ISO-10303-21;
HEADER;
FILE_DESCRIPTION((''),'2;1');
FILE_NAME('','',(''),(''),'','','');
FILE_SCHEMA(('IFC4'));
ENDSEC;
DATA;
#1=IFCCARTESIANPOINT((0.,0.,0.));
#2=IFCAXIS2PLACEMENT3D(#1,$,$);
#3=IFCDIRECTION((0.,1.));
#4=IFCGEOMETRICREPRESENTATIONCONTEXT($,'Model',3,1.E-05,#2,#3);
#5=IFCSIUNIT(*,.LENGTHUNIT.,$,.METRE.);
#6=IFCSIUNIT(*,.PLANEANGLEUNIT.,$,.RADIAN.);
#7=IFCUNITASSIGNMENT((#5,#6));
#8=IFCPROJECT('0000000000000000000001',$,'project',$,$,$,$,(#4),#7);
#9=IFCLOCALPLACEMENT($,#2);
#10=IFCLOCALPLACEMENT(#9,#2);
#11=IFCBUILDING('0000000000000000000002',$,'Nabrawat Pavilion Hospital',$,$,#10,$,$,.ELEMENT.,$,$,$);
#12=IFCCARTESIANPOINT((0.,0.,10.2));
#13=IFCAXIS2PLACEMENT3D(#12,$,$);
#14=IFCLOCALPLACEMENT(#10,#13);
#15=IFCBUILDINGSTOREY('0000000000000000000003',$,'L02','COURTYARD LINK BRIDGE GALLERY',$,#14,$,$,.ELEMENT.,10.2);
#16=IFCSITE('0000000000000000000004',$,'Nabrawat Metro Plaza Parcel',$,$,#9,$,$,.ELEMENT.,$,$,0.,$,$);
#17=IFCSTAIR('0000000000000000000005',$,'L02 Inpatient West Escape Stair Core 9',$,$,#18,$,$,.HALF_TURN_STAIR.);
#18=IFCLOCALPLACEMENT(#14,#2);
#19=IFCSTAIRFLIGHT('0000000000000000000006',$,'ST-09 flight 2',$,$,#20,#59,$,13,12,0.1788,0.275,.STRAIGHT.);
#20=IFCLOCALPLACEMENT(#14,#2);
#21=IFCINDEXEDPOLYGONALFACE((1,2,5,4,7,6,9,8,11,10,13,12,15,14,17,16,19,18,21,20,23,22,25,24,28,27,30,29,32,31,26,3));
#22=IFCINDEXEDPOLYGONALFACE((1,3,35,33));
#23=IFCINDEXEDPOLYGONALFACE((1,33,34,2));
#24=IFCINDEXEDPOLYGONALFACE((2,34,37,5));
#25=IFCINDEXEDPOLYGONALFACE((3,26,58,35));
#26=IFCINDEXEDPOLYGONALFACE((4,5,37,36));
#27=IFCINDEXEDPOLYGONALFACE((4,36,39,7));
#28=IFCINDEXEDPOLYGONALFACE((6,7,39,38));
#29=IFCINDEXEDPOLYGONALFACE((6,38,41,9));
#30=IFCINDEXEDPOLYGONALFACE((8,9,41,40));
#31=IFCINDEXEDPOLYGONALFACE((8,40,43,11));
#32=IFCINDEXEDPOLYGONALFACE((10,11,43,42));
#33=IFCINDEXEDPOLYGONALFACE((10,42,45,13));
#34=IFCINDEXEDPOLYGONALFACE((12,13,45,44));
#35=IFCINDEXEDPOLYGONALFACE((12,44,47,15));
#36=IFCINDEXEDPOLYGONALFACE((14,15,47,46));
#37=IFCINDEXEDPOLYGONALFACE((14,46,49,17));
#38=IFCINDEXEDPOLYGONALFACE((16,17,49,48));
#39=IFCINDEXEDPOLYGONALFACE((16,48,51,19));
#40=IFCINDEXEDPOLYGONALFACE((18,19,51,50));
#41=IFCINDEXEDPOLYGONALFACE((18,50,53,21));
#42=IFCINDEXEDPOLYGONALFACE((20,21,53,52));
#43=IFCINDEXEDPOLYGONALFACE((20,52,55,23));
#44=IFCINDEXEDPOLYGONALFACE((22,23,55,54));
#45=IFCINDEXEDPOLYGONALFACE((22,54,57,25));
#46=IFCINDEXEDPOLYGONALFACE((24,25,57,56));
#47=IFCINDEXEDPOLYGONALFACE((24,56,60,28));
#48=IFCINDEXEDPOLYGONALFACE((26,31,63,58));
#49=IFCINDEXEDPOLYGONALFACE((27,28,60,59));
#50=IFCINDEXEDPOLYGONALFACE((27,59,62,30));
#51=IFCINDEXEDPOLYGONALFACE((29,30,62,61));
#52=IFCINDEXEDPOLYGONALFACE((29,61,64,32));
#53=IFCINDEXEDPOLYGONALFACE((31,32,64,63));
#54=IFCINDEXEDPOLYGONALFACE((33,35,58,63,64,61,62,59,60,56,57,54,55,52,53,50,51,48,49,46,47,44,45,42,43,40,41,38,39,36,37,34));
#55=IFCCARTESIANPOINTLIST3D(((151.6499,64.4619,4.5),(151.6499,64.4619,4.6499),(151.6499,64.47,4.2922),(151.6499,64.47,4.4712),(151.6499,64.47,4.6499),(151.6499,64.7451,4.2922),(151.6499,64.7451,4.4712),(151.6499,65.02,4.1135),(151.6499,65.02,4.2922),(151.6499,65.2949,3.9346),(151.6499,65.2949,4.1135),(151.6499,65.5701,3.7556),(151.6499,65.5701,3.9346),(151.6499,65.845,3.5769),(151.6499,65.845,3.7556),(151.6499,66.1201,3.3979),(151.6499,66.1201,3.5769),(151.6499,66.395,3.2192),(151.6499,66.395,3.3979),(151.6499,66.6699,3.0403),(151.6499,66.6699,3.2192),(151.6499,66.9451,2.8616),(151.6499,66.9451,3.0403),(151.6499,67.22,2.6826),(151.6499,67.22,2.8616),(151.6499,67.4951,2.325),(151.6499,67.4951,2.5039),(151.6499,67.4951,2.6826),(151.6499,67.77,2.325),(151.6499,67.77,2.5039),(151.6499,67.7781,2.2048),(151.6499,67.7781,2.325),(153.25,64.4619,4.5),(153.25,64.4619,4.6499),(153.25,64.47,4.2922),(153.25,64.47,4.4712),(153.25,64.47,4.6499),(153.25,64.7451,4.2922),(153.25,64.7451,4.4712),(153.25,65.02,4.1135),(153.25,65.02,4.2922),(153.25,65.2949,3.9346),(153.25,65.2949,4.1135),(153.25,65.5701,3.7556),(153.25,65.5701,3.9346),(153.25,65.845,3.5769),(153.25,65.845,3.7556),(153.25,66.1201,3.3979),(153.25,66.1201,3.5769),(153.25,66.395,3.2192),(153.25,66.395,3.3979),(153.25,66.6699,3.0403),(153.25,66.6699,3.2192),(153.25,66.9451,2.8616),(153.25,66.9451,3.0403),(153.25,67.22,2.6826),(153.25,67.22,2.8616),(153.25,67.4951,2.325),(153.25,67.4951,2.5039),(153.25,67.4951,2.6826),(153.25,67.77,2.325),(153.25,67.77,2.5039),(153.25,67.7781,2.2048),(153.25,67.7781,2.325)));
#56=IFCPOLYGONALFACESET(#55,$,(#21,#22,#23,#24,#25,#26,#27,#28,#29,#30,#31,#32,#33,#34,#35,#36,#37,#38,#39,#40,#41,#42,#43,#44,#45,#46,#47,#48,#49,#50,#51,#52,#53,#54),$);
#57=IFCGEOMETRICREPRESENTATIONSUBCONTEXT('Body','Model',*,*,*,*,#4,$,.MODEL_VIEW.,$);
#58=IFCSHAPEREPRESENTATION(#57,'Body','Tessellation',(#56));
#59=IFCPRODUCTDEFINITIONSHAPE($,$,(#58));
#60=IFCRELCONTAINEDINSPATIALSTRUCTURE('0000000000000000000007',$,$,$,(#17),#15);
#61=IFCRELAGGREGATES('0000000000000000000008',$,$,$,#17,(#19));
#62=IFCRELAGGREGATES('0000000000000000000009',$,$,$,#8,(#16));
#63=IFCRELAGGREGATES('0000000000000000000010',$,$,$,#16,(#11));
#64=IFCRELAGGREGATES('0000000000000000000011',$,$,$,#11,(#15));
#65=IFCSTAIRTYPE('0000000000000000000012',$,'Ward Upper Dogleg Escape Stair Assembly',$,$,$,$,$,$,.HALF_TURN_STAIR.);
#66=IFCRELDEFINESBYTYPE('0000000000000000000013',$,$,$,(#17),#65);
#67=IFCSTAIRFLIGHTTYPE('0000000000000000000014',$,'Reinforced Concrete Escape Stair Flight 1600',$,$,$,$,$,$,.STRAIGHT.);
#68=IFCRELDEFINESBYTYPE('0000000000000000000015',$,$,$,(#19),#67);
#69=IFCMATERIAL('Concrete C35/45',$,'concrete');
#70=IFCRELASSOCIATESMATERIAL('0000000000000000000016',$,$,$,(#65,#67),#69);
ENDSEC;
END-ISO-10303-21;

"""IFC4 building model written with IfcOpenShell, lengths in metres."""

from ifc_helpers import new_model, si_unit, direction, frame, origin, place, context, subcontext, project, spatial, polyline, outline, extrude, material, type_object, element, aggregate, save


model = new_model("IFC4")

# Units and contexts
model_context = context("Model", 3, precision=1e-05, world=origin(), true_north=direction((0.0, 1.0)))
body_context = subcontext(model_context, "Body", "Model", "MODEL_VIEW")
ifc_project = project(units=[si_unit("LENGTHUNIT", "METRE"), si_unit("PLANEANGLEUNIT", "RADIAN")], contexts=[model_context])

# Site, building, storey
site_placement = place(None, origin())
site = spatial("IfcSite", under=ifc_project, at=site_placement, Name="Nabrawat Metro Plaza Parcel", CompositionType="ELEMENT", RefElevation=0.0)
building_placement = place(site_placement, origin())
building = spatial("IfcBuilding", under=site, at=building_placement, Name="Nabrawat Pavilion Hospital", CompositionType="ELEMENT")
storey_placement = place(building_placement, frame((0.0, 0.0, 10.2)))
storey = spatial("IfcBuildingStorey", under=building, at=storey_placement, Name="L02", Description="COURTYARD LINK BRIDGE GALLERY", CompositionType="ELEMENT", Elevation=10.2)

# Stair, stair flight
ifc_material_1 = material(Name="Concrete C35/45", Category="concrete")
stair_type = type_object("IfcStairType", Name="Ward Upper Dogleg Escape Stair Assembly", PredefinedType="HALF_TURN_STAIR", material=ifc_material_1)
stair_placement = place(storey_placement, origin())
stair = element("IfcStair", 1, at=stair_placement, inside=storey, type_object=stair_type, Name="L02 Inpatient West Escape Stair Core 9", PredefinedType="HALF_TURN_STAIR")
stair_flight_type = type_object("IfcStairFlightType", Name="Reinforced Concrete Escape Stair Flight 1600", PredefinedType="STRAIGHT", material=ifc_material_1)
stair_flight_placement = place(storey_placement, frame((152.45, 67.77, 2.325), z_axis=(0.0, 0.0, 1.0), x_axis=(0.0, -1.0, 0.0)))
stair_flight = element("IfcStairFlight", 2, at=stair_flight_placement, type_object=stair_flight_type, Name="ST-09 flight 2", NumberOfRisers=13, NumberOfTreads=12, PredefinedType="STRAIGHT", RiserHeight=0.1788, TreadLength=0.275, context=body_context, shape_type="SweptSolid", body=[
    extrude(outline(polyline([(-0.0081, 0.0), (0.0, 0.0), (0.0, 0.179), (0.2749, 0.179), (0.2749, 0.3577), (0.55, 0.3577), (0.55, 0.5366), (0.825, 0.5366), (0.825, 0.7153), (1.1001, 0.7153), (1.1001, 0.8943), (1.375, 0.8943), (1.375, 1.073), (1.6499, 1.073), (1.6499, 1.252), (1.925, 1.252), (1.925, 1.4307), (2.2, 1.4307), (2.2, 1.6096), (2.4751, 1.6096), (2.4751, 1.7886), (2.75, 1.7886), (2.75, 1.9673), (3.0249, 1.9673), (3.0249, 2.1462), (3.3, 2.1462), (3.3, 2.325), (3.3081, 2.325), (3.3081, 2.175), (3.3, 1.9673), (0.2749, 0.0), (-0.0081, -0.1201), (-0.0081, 0.0)])), frame((0.0, 0.8, 0.0), z_axis=(0.0, -1.0, 0.0), x_axis=(1.0, 0.0, 0.0)), (0.0, 0.0, 1.0), 1.6001),
])
aggregate(stair, [stair_flight])

save(model, "model.ifc")
